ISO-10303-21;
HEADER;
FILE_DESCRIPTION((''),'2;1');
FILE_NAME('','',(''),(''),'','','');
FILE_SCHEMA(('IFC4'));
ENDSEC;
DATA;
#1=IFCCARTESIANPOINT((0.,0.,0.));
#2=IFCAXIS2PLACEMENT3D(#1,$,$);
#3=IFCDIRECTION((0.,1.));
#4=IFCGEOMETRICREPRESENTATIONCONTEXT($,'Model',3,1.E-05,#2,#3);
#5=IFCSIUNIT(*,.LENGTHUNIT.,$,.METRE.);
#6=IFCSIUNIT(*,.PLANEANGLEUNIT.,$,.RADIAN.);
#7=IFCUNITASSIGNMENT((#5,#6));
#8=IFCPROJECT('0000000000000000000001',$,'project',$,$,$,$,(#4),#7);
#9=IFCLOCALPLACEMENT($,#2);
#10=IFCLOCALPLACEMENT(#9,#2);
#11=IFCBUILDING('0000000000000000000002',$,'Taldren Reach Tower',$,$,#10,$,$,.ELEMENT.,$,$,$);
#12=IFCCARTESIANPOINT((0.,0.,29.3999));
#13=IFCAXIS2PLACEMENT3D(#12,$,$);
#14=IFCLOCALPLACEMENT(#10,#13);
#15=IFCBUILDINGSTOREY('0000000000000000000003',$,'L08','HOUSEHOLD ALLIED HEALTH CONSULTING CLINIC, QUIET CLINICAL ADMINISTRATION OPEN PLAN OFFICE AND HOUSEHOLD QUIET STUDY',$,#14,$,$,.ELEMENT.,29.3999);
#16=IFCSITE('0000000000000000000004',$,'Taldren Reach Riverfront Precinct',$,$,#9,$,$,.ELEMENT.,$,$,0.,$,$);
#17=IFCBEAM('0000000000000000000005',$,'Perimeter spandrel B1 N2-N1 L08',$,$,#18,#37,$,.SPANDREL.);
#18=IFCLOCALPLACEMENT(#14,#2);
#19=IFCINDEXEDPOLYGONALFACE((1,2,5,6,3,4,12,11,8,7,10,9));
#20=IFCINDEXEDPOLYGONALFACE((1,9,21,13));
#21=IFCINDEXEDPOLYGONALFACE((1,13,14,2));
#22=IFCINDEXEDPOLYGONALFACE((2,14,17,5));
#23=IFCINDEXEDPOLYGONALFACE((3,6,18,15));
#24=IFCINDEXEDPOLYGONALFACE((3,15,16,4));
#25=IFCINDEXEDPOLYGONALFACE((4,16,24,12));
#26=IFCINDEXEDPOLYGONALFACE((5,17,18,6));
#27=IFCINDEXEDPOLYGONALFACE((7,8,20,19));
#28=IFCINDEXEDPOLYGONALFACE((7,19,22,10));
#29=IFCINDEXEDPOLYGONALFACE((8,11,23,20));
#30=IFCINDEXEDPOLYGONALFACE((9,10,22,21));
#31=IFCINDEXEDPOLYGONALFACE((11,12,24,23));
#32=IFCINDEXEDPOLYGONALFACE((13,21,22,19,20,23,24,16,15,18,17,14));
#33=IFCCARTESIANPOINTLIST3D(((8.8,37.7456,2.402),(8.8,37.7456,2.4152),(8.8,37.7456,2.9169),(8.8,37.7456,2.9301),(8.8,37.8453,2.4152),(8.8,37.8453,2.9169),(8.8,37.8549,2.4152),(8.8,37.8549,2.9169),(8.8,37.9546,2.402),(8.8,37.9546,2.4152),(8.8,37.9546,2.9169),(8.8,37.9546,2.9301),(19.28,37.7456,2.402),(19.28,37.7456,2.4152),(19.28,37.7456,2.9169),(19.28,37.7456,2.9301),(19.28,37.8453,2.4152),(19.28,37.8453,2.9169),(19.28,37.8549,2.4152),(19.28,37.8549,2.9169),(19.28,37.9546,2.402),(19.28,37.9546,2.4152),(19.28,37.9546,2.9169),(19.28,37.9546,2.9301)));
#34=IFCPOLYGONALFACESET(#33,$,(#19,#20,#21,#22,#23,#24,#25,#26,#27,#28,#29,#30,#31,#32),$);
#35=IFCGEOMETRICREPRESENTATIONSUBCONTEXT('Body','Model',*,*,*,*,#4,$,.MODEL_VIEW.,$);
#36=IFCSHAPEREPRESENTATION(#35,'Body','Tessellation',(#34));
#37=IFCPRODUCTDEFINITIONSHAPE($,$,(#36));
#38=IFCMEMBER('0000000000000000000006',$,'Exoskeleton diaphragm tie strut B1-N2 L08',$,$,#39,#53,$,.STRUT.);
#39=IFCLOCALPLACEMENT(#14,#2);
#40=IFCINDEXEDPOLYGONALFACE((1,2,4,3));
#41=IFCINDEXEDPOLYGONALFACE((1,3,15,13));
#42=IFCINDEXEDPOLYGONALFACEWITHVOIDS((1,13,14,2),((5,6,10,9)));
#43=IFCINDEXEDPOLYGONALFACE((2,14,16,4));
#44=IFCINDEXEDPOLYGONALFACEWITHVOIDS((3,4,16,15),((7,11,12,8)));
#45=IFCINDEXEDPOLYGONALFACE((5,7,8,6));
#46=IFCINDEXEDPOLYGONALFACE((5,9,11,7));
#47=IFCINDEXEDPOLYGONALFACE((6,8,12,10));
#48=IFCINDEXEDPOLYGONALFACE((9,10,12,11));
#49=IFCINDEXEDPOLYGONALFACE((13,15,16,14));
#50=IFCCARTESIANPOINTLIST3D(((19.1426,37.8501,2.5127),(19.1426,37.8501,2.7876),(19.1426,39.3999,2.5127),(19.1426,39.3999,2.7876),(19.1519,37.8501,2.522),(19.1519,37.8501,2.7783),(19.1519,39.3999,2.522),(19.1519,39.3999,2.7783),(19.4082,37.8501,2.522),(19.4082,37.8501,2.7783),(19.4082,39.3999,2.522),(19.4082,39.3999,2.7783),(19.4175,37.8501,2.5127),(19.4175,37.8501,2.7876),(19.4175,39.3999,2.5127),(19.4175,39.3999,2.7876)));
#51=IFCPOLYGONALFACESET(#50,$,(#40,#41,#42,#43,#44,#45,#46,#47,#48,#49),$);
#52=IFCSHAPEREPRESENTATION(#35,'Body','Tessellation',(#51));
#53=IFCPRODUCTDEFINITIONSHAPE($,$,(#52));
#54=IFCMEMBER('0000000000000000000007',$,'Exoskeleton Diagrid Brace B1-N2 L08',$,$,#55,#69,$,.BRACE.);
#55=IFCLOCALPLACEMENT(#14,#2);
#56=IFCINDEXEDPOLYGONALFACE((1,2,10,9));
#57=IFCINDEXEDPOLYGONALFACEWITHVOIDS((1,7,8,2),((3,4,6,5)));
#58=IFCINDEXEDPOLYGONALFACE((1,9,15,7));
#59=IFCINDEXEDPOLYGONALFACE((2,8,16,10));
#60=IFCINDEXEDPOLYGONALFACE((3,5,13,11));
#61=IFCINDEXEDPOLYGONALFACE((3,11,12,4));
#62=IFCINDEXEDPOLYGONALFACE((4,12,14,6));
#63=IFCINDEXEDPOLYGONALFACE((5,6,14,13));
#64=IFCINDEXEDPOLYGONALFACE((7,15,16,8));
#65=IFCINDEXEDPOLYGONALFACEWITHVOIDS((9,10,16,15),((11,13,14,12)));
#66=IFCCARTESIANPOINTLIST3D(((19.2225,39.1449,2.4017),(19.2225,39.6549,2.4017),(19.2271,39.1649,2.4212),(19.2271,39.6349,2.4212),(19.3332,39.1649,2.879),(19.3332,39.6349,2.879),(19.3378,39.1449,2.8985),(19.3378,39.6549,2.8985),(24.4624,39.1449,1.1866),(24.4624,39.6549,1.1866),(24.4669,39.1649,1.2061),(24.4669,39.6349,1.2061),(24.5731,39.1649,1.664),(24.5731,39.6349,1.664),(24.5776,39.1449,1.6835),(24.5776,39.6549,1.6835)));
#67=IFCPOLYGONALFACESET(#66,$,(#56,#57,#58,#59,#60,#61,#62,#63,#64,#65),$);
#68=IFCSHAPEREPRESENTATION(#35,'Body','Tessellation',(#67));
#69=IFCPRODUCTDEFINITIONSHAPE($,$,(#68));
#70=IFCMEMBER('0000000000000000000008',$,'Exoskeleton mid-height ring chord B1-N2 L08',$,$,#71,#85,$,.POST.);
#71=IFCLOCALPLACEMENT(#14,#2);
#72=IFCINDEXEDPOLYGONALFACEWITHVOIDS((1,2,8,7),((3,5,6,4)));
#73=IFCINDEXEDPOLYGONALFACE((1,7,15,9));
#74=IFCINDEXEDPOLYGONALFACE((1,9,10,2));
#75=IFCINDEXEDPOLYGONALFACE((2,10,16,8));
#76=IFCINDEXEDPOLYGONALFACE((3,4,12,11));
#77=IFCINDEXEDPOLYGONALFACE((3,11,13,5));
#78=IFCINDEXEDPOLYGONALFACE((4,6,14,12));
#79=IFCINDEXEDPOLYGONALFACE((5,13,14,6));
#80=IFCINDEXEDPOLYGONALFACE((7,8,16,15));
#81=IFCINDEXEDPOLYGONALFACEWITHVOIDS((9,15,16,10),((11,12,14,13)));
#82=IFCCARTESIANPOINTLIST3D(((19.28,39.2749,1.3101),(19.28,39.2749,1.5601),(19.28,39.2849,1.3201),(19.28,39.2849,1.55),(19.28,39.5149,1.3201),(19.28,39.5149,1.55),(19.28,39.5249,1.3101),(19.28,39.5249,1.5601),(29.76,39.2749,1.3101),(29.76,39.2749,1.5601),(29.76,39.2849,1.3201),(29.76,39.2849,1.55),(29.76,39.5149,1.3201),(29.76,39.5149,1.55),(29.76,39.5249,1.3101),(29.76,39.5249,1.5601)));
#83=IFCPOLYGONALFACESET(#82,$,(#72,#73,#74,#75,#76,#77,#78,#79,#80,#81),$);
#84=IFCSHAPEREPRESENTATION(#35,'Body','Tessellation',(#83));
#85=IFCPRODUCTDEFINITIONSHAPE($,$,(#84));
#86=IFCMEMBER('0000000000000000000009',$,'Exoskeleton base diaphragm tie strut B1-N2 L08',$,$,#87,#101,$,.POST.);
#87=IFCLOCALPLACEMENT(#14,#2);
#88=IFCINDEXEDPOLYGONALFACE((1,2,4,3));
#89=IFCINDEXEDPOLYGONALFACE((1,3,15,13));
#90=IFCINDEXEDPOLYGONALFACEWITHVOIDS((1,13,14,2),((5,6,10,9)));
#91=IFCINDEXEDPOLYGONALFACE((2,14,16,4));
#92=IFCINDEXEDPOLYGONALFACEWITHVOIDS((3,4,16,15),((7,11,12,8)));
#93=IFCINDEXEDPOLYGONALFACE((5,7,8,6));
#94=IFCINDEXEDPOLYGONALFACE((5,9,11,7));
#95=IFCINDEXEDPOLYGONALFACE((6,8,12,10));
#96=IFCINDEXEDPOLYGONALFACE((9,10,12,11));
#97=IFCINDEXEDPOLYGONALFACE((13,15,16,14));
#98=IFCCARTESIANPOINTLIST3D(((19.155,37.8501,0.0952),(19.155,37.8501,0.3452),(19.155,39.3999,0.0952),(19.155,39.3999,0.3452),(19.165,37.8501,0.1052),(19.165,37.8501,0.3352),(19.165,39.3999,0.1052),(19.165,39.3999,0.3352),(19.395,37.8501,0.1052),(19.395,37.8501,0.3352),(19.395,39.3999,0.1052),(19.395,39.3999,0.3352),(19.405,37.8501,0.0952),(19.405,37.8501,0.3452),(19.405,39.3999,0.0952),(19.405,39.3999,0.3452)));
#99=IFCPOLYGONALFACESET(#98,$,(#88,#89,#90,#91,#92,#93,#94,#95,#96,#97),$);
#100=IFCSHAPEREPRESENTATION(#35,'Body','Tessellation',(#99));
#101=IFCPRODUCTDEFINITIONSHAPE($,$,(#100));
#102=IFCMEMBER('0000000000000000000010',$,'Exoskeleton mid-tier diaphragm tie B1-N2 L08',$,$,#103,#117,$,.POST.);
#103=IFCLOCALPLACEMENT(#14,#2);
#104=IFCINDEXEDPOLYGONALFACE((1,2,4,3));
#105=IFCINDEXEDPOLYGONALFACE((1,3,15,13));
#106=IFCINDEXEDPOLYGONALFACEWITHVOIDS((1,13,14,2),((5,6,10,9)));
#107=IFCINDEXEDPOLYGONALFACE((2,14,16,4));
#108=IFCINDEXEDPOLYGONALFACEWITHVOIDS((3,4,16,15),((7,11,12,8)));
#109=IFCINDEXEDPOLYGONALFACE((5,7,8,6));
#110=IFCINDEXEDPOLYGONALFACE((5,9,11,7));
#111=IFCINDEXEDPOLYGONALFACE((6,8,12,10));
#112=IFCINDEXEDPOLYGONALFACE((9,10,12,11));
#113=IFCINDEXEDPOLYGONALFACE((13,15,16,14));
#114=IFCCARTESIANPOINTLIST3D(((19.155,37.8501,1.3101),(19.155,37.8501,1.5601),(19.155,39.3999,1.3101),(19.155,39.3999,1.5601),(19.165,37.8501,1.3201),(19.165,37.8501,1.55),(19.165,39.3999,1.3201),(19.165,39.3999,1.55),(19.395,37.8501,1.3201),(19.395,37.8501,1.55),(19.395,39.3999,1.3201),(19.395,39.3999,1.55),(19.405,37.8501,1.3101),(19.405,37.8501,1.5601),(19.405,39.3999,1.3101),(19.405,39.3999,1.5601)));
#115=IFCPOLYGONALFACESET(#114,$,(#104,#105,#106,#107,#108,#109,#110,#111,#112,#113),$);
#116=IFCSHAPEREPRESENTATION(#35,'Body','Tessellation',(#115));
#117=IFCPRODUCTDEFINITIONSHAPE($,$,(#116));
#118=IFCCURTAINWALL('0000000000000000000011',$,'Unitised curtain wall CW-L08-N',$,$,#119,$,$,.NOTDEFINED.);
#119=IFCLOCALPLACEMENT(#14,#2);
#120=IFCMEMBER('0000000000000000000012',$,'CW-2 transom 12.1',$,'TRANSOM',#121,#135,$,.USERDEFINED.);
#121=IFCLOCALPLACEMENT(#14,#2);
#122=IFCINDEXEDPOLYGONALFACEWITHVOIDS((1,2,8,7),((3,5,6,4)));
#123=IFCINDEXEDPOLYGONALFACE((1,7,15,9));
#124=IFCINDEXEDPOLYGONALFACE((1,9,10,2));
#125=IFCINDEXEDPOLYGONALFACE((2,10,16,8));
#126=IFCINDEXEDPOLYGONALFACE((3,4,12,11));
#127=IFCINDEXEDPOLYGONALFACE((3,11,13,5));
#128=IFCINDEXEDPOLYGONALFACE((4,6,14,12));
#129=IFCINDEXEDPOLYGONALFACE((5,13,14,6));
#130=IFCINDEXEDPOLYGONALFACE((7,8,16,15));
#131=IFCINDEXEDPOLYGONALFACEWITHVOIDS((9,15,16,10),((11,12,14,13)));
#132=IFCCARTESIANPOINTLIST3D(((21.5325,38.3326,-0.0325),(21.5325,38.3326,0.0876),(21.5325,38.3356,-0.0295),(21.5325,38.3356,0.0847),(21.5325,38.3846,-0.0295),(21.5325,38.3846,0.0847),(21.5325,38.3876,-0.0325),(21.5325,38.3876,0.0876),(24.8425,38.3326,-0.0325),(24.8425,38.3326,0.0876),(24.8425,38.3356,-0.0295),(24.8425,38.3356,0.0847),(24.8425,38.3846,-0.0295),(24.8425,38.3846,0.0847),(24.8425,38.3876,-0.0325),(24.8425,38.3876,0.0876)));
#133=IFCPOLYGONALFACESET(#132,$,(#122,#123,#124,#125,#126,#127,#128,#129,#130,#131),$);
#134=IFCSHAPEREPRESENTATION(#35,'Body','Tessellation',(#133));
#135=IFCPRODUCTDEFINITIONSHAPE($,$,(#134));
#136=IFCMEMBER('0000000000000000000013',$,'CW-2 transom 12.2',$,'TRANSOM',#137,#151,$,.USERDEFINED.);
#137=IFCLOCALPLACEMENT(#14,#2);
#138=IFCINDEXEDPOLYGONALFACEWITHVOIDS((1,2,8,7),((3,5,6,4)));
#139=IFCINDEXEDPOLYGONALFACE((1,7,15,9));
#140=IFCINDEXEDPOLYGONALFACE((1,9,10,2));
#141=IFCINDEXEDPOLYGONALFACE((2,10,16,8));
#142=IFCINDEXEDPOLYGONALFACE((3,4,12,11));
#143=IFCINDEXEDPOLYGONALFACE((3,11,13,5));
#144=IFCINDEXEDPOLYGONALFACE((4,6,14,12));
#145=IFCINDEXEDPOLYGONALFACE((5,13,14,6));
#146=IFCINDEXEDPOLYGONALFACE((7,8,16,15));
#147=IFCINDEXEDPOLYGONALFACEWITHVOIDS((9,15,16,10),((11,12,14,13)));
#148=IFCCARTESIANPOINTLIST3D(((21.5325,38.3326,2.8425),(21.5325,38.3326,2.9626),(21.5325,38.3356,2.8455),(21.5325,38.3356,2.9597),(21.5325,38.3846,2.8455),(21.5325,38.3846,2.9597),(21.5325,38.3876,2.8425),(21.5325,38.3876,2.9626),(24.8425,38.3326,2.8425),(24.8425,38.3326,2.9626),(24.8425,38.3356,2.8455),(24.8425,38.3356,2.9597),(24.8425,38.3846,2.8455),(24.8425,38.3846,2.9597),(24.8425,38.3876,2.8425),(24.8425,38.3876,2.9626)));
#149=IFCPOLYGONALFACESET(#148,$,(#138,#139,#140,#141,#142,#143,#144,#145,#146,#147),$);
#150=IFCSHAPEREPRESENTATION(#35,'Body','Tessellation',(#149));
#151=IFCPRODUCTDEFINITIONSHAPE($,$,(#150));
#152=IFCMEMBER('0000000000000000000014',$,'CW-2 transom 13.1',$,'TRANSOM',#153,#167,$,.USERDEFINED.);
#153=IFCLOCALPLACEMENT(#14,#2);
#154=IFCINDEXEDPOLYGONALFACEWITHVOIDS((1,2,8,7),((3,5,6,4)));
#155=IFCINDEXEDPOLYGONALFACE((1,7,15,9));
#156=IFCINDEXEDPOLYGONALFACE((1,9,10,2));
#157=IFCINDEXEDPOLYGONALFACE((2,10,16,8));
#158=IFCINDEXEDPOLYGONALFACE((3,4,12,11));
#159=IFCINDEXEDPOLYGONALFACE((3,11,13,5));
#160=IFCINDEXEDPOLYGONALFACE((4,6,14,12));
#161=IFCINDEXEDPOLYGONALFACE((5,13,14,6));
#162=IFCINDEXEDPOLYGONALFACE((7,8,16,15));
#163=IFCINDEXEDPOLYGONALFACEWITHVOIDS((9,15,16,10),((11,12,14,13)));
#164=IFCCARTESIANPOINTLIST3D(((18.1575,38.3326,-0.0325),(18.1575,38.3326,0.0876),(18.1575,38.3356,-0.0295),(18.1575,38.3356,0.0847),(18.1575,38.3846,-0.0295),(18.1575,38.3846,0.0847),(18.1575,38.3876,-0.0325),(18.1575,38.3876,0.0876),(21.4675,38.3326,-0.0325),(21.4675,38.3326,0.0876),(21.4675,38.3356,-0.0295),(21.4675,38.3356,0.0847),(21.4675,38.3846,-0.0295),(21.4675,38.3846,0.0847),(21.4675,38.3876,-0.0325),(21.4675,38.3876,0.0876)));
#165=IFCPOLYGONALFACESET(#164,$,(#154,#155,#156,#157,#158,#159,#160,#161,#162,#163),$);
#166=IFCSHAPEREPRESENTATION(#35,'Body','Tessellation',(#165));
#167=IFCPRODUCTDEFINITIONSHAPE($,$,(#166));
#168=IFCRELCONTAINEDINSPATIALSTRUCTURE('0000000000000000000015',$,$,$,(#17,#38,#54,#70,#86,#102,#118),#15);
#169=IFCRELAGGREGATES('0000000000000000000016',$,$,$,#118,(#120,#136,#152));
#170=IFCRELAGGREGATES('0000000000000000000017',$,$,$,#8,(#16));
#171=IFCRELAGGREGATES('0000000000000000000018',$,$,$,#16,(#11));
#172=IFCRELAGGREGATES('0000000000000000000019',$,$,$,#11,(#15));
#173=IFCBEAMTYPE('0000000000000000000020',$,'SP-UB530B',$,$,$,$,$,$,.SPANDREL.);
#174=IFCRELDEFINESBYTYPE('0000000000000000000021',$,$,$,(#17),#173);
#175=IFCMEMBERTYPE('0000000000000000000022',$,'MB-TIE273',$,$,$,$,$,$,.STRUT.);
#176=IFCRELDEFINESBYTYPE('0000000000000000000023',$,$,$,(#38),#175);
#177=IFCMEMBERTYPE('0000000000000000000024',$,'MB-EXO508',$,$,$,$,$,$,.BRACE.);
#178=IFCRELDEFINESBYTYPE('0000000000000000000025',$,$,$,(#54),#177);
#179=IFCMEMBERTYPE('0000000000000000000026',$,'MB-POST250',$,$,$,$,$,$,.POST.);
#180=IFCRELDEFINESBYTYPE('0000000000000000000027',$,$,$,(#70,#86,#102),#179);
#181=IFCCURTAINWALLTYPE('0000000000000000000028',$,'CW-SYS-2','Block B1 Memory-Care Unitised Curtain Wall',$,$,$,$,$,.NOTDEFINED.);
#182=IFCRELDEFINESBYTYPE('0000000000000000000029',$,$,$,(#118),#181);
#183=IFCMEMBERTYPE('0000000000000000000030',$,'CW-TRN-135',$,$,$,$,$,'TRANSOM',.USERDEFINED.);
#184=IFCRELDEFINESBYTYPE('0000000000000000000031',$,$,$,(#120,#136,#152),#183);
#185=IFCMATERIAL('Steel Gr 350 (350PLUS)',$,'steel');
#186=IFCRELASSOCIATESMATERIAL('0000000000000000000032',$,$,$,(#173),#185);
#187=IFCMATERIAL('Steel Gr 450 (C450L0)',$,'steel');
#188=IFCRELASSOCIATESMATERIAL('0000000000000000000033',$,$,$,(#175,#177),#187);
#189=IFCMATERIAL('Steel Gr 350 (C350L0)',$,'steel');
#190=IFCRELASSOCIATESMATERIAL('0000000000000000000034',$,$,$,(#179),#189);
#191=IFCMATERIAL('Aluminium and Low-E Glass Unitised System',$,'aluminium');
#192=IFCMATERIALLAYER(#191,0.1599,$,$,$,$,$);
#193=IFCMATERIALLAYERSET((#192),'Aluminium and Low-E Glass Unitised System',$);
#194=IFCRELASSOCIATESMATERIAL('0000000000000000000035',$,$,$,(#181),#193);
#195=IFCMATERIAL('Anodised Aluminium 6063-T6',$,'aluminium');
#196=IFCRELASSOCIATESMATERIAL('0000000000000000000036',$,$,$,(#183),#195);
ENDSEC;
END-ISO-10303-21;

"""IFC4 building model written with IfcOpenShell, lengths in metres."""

from ifc_helpers import new_model, si_unit, direction, frame, origin, origin_2d, place, context, subcontext, project, spatial, hollow_rectangle, i_section, extrude, source, transform, mapped, material, layer, layer_set, material_profile, profile_set, type_object, element, aggregate, save


model = new_model("IFC4")

# Units and contexts
model_context = context("Model", 3, precision=1e-05, world=origin(), true_north=direction((0.0, 1.0)))
body_context = subcontext(model_context, "Body", "Model", "MODEL_VIEW")
ifc_project = project(units=[si_unit("LENGTHUNIT", "METRE"), si_unit("PLANEANGLEUNIT", "RADIAN")], contexts=[model_context])

# Site, building, storey
site_placement = place(None, origin())
site = spatial("IfcSite", under=ifc_project, at=site_placement, Name="Taldren Reach Riverfront Precinct", CompositionType="ELEMENT", RefElevation=0.0)
building_placement = place(site_placement, origin())
building = spatial("IfcBuilding", under=site, at=building_placement, Name="Taldren Reach Tower", CompositionType="ELEMENT")
storey_placement = place(building_placement, frame((0.0, 0.0, 29.3999)))
storey = spatial("IfcBuildingStorey", under=building, at=storey_placement, Name="L08", Description="HOUSEHOLD ALLIED HEALTH CONSULTING CLINIC, QUIET CLINICAL ADMINISTRATION OPEN PLAN OFFICE AND HOUSEHOLD QUIET STUDY", CompositionType="ELEMENT", Elevation=29.3999)

# Beam
ifc_material_1 = material(Name="Steel Gr 350 (350PLUS)", Category="steel")
ifc_material_profile_1 = material_profile(ifc_material_1, i_section(OverallWidth=0.209, OverallDepth=0.5281, WebThickness=0.0095, FlangeThickness=0.0132, at=origin_2d()), Name="530UB82.0")
ifc_profile_set_1 = profile_set([ifc_material_profile_1], Name="Steel Gr 350 (350PLUS)")
beam_type = type_object("IfcBeamType", Name="SP-UB530B", PredefinedType="SPANDREL", material=ifc_profile_set_1)
shared_shape_1 = source(origin(), body_context, "Body", "SweptSolid", [
    extrude(i_section(OverallWidth=0.209, OverallDepth=0.5281, WebThickness=0.0095, FlangeThickness=0.0132, at=origin_2d()), origin(), (0.0, 0.0, 1.0), 10.48),
])
beam_placement = place(storey_placement, frame((19.28, 37.8501, 2.666), z_axis=(-1.0, 0.0, 0.0), x_axis=(0.0, -1.0, 0.0)))
element("IfcBeam", 1, at=beam_placement, inside=storey, type_object=beam_type, Name="Perimeter spandrel B1 N2-N1 L08", PredefinedType="SPANDREL", context=body_context, shape_type="MappedRepresentation", body=[
    mapped(shared_shape_1, transform((0.0, 0.0, 0.0), scale=1.0)),
])

# Members
ifc_material_2 = material(Name="Steel Gr 450 (C450L0)", Category="steel")
ifc_material_profile_2 = material_profile(ifc_material_2, hollow_rectangle(XDim=0.2749, YDim=0.2749, WallThickness=0.0093, at=origin_2d()), Name="275x275x9.3SHS")
ifc_profile_set_2 = profile_set([ifc_material_profile_2], Name="Steel Gr 450 (C450L0)")
member_type_1 = type_object("IfcMemberType", Name="MB-TIE273", PredefinedType="STRUT", material=ifc_profile_set_2)
shared_shape_2 = source(origin(), body_context, "Body", "SweptSolid", [
    extrude(hollow_rectangle(XDim=0.2749, YDim=0.2749, WallThickness=0.0093, at=origin_2d()), origin(), (0.0, 0.0, 1.0), 1.5498),
])
member_1_placement = place(storey_placement, frame((19.28, 37.8501, 2.6501), z_axis=(0.0, 1.0, 0.0), x_axis=(-1.0, 0.0, 0.0)))
element("IfcMember", 2, at=member_1_placement, inside=storey, type_object=member_type_1, Name="Exoskeleton diaphragm tie strut B1-N2 L08", PredefinedType="STRUT", context=body_context, shape_type="MappedRepresentation", body=[
    mapped(shared_shape_2, transform((0.0, 0.0, 0.0), scale=1.0)),
])
ifc_material_profile_3 = material_profile(ifc_material_2, hollow_rectangle(XDim=0.51, YDim=0.51, WallThickness=0.02, at=origin_2d()), Name="510x510x20.0SHS")
ifc_profile_set_3 = profile_set([ifc_material_profile_3], Name="Steel Gr 450 (C450L0)")
member_type_2 = type_object("IfcMemberType", Name="MB-EXO508", PredefinedType="BRACE", material=ifc_profile_set_3)
shared_shape_3 = source(origin(), body_context, "Body", "SweptSolid", [
    extrude(hollow_rectangle(XDim=0.51, YDim=0.51, WallThickness=0.02, at=origin_2d()), origin(), (0.0, 0.0, 1.0), 5.3789),
])
member_2_placement = place(storey_placement, frame((24.52, 39.3999, 1.4351), z_axis=(-0.974152, 0.0, 0.225894), x_axis=(0.0, -1.0, 0.0)))
element("IfcMember", 3, at=member_2_placement, inside=storey, type_object=member_type_2, Name="Exoskeleton Diagrid Brace B1-N2 L08", PredefinedType="BRACE", context=body_context, shape_type="MappedRepresentation", body=[
    mapped(shared_shape_3, transform((0.0, 0.0, 0.0), scale=1.0)),
])
ifc_material_3 = material(Name="Steel Gr 350 (C350L0)", Category="steel")
ifc_material_profile_4 = material_profile(ifc_material_3, hollow_rectangle(XDim=0.25, YDim=0.25, WallThickness=0.01, at=origin_2d()), Name="250x250x10.0SHS")
ifc_profile_set_4 = profile_set([ifc_material_profile_4], Name="Steel Gr 350 (C350L0)")
member_type_3 = type_object("IfcMemberType", Name="MB-POST250", PredefinedType="POST", material=ifc_profile_set_4)
shared_shape_4 = source(origin(), body_context, "Body", "SweptSolid", [
    extrude(hollow_rectangle(XDim=0.25, YDim=0.25, WallThickness=0.01, at=origin_2d()), origin(), (0.0, 0.0, 1.0), 10.48),
])
member_3_placement = place(storey_placement, frame((19.28, 39.3999, 1.4351), z_axis=(1.0, 0.0, 0.0), x_axis=(0.0, 1.0, 0.0)))
element("IfcMember", 4, at=member_3_placement, inside=storey, type_object=member_type_3, Name="Exoskeleton mid-height ring chord B1-N2 L08", PredefinedType="POST", context=body_context, shape_type="MappedRepresentation", body=[
    mapped(shared_shape_4, transform((0.0, 0.0, 0.0), scale=1.0)),
])
shared_shape_5 = source(origin(), body_context, "Body", "SweptSolid", [
    extrude(hollow_rectangle(XDim=0.25, YDim=0.25, WallThickness=0.01, at=origin_2d()), origin(), (0.0, 0.0, 1.0), 1.5498),
])
for number, where, z_axis, x_axis, name in (
    (5, (19.28, 37.8501, 0.2202), (0.0, 1.0, 0.0), (-1.0, 0.0, 0.0), "Exoskeleton base diaphragm tie strut B1-N2 L08"),
    (6, (19.28, 37.8501, 1.4351), (0.0, 1.0, 0.0), (-1.0, 0.0, 0.0), "Exoskeleton mid-tier diaphragm tie B1-N2 L08"),
):
    element("IfcMember", number, at=place(storey_placement, frame(where, z_axis=z_axis, x_axis=x_axis)), inside=storey, type_object=member_type_3, Name=name, PredefinedType="POST", context=body_context, shape_type="MappedRepresentation", body=[
        mapped(shared_shape_5, transform((0.0, 0.0, 0.0), scale=1.0)),
    ])

# Curtain wall, members
ifc_material_4 = material(Name="Aluminium and Low-E Glass Unitised System", Category="aluminium")
ifc_layer_1 = layer(ifc_material_4, 0.1599)
ifc_layer_set_1 = layer_set([ifc_layer_1], Name="Aluminium and Low-E Glass Unitised System")
curtain_wall_type = type_object("IfcCurtainWallType", Name="CW-SYS-2", Description="Block B1 Memory-Care Unitised Curtain Wall", PredefinedType="NOTDEFINED", material=ifc_layer_set_1)
curtain_wall_placement = place(storey_placement, origin())
curtain_wall = element("IfcCurtainWall", 7, at=curtain_wall_placement, inside=storey, type_object=curtain_wall_type, Name="Unitised curtain wall CW-L08-N", PredefinedType="NOTDEFINED")
ifc_material_5 = material(Name="Anodised Aluminium 6063-T6", Category="aluminium")
ifc_material_profile_5 = material_profile(ifc_material_5, hollow_rectangle(XDim=0.0549, YDim=0.1201, WallThickness=0.0029, at=origin_2d()), Name="ALU-120x55x3RHS")
ifc_profile_set_5 = profile_set([ifc_material_profile_5], Name="Anodised Aluminium 6063-T6")
member_type_4 = type_object("IfcMemberType", Name="CW-TRN-135", ElementType="TRANSOM", PredefinedType="USERDEFINED", material=ifc_profile_set_5)
shared_shape_6 = source(origin(), body_context, "Body", "SweptSolid", [
    extrude(hollow_rectangle(XDim=0.0549, YDim=0.1201, WallThickness=0.0029, at=origin_2d()), origin(), (0.0, 0.0, 1.0), 3.3101),
])
member_4_placement = place(storey_placement, frame((24.8425, 38.3601, 0.0276), z_axis=(-1.0, 0.0, 0.0), x_axis=(0.0, -1.0, 0.0)))
member_4 = element("IfcMember", 8, at=member_4_placement, type_object=member_type_4, Name="CW-2 transom 12.1", ObjectType="TRANSOM", PredefinedType="USERDEFINED", context=body_context, shape_type="MappedRepresentation", body=[
    mapped(shared_shape_6, transform((0.0, 0.0, 0.0), scale=1.0)),
])
member_5_placement = place(storey_placement, frame((24.8425, 38.3601, 2.9026), z_axis=(-1.0, 0.0, 0.0), x_axis=(0.0, -1.0, 0.0)))
member_5 = element("IfcMember", 9, at=member_5_placement, type_object=member_type_4, Name="CW-2 transom 12.2", ObjectType="TRANSOM", PredefinedType="USERDEFINED", context=body_context, shape_type="MappedRepresentation", body=[
    mapped(shared_shape_6, transform((0.0, 0.0, 0.0), scale=1.0)),
])
member_6_placement = place(storey_placement, frame((21.4675, 38.3601, 0.0276), z_axis=(-1.0, 0.0, 0.0), x_axis=(0.0, -1.0, 0.0)))
member_6 = element("IfcMember", 10, at=member_6_placement, type_object=member_type_4, Name="CW-2 transom 13.1", ObjectType="TRANSOM", PredefinedType="USERDEFINED", context=body_context, shape_type="MappedRepresentation", body=[
    mapped(shared_shape_6, transform((0.0, 0.0, 0.0), scale=1.0)),
])

aggregate(curtain_wall, [member_4, member_5, member_6])

save(model, "model.ifc")
